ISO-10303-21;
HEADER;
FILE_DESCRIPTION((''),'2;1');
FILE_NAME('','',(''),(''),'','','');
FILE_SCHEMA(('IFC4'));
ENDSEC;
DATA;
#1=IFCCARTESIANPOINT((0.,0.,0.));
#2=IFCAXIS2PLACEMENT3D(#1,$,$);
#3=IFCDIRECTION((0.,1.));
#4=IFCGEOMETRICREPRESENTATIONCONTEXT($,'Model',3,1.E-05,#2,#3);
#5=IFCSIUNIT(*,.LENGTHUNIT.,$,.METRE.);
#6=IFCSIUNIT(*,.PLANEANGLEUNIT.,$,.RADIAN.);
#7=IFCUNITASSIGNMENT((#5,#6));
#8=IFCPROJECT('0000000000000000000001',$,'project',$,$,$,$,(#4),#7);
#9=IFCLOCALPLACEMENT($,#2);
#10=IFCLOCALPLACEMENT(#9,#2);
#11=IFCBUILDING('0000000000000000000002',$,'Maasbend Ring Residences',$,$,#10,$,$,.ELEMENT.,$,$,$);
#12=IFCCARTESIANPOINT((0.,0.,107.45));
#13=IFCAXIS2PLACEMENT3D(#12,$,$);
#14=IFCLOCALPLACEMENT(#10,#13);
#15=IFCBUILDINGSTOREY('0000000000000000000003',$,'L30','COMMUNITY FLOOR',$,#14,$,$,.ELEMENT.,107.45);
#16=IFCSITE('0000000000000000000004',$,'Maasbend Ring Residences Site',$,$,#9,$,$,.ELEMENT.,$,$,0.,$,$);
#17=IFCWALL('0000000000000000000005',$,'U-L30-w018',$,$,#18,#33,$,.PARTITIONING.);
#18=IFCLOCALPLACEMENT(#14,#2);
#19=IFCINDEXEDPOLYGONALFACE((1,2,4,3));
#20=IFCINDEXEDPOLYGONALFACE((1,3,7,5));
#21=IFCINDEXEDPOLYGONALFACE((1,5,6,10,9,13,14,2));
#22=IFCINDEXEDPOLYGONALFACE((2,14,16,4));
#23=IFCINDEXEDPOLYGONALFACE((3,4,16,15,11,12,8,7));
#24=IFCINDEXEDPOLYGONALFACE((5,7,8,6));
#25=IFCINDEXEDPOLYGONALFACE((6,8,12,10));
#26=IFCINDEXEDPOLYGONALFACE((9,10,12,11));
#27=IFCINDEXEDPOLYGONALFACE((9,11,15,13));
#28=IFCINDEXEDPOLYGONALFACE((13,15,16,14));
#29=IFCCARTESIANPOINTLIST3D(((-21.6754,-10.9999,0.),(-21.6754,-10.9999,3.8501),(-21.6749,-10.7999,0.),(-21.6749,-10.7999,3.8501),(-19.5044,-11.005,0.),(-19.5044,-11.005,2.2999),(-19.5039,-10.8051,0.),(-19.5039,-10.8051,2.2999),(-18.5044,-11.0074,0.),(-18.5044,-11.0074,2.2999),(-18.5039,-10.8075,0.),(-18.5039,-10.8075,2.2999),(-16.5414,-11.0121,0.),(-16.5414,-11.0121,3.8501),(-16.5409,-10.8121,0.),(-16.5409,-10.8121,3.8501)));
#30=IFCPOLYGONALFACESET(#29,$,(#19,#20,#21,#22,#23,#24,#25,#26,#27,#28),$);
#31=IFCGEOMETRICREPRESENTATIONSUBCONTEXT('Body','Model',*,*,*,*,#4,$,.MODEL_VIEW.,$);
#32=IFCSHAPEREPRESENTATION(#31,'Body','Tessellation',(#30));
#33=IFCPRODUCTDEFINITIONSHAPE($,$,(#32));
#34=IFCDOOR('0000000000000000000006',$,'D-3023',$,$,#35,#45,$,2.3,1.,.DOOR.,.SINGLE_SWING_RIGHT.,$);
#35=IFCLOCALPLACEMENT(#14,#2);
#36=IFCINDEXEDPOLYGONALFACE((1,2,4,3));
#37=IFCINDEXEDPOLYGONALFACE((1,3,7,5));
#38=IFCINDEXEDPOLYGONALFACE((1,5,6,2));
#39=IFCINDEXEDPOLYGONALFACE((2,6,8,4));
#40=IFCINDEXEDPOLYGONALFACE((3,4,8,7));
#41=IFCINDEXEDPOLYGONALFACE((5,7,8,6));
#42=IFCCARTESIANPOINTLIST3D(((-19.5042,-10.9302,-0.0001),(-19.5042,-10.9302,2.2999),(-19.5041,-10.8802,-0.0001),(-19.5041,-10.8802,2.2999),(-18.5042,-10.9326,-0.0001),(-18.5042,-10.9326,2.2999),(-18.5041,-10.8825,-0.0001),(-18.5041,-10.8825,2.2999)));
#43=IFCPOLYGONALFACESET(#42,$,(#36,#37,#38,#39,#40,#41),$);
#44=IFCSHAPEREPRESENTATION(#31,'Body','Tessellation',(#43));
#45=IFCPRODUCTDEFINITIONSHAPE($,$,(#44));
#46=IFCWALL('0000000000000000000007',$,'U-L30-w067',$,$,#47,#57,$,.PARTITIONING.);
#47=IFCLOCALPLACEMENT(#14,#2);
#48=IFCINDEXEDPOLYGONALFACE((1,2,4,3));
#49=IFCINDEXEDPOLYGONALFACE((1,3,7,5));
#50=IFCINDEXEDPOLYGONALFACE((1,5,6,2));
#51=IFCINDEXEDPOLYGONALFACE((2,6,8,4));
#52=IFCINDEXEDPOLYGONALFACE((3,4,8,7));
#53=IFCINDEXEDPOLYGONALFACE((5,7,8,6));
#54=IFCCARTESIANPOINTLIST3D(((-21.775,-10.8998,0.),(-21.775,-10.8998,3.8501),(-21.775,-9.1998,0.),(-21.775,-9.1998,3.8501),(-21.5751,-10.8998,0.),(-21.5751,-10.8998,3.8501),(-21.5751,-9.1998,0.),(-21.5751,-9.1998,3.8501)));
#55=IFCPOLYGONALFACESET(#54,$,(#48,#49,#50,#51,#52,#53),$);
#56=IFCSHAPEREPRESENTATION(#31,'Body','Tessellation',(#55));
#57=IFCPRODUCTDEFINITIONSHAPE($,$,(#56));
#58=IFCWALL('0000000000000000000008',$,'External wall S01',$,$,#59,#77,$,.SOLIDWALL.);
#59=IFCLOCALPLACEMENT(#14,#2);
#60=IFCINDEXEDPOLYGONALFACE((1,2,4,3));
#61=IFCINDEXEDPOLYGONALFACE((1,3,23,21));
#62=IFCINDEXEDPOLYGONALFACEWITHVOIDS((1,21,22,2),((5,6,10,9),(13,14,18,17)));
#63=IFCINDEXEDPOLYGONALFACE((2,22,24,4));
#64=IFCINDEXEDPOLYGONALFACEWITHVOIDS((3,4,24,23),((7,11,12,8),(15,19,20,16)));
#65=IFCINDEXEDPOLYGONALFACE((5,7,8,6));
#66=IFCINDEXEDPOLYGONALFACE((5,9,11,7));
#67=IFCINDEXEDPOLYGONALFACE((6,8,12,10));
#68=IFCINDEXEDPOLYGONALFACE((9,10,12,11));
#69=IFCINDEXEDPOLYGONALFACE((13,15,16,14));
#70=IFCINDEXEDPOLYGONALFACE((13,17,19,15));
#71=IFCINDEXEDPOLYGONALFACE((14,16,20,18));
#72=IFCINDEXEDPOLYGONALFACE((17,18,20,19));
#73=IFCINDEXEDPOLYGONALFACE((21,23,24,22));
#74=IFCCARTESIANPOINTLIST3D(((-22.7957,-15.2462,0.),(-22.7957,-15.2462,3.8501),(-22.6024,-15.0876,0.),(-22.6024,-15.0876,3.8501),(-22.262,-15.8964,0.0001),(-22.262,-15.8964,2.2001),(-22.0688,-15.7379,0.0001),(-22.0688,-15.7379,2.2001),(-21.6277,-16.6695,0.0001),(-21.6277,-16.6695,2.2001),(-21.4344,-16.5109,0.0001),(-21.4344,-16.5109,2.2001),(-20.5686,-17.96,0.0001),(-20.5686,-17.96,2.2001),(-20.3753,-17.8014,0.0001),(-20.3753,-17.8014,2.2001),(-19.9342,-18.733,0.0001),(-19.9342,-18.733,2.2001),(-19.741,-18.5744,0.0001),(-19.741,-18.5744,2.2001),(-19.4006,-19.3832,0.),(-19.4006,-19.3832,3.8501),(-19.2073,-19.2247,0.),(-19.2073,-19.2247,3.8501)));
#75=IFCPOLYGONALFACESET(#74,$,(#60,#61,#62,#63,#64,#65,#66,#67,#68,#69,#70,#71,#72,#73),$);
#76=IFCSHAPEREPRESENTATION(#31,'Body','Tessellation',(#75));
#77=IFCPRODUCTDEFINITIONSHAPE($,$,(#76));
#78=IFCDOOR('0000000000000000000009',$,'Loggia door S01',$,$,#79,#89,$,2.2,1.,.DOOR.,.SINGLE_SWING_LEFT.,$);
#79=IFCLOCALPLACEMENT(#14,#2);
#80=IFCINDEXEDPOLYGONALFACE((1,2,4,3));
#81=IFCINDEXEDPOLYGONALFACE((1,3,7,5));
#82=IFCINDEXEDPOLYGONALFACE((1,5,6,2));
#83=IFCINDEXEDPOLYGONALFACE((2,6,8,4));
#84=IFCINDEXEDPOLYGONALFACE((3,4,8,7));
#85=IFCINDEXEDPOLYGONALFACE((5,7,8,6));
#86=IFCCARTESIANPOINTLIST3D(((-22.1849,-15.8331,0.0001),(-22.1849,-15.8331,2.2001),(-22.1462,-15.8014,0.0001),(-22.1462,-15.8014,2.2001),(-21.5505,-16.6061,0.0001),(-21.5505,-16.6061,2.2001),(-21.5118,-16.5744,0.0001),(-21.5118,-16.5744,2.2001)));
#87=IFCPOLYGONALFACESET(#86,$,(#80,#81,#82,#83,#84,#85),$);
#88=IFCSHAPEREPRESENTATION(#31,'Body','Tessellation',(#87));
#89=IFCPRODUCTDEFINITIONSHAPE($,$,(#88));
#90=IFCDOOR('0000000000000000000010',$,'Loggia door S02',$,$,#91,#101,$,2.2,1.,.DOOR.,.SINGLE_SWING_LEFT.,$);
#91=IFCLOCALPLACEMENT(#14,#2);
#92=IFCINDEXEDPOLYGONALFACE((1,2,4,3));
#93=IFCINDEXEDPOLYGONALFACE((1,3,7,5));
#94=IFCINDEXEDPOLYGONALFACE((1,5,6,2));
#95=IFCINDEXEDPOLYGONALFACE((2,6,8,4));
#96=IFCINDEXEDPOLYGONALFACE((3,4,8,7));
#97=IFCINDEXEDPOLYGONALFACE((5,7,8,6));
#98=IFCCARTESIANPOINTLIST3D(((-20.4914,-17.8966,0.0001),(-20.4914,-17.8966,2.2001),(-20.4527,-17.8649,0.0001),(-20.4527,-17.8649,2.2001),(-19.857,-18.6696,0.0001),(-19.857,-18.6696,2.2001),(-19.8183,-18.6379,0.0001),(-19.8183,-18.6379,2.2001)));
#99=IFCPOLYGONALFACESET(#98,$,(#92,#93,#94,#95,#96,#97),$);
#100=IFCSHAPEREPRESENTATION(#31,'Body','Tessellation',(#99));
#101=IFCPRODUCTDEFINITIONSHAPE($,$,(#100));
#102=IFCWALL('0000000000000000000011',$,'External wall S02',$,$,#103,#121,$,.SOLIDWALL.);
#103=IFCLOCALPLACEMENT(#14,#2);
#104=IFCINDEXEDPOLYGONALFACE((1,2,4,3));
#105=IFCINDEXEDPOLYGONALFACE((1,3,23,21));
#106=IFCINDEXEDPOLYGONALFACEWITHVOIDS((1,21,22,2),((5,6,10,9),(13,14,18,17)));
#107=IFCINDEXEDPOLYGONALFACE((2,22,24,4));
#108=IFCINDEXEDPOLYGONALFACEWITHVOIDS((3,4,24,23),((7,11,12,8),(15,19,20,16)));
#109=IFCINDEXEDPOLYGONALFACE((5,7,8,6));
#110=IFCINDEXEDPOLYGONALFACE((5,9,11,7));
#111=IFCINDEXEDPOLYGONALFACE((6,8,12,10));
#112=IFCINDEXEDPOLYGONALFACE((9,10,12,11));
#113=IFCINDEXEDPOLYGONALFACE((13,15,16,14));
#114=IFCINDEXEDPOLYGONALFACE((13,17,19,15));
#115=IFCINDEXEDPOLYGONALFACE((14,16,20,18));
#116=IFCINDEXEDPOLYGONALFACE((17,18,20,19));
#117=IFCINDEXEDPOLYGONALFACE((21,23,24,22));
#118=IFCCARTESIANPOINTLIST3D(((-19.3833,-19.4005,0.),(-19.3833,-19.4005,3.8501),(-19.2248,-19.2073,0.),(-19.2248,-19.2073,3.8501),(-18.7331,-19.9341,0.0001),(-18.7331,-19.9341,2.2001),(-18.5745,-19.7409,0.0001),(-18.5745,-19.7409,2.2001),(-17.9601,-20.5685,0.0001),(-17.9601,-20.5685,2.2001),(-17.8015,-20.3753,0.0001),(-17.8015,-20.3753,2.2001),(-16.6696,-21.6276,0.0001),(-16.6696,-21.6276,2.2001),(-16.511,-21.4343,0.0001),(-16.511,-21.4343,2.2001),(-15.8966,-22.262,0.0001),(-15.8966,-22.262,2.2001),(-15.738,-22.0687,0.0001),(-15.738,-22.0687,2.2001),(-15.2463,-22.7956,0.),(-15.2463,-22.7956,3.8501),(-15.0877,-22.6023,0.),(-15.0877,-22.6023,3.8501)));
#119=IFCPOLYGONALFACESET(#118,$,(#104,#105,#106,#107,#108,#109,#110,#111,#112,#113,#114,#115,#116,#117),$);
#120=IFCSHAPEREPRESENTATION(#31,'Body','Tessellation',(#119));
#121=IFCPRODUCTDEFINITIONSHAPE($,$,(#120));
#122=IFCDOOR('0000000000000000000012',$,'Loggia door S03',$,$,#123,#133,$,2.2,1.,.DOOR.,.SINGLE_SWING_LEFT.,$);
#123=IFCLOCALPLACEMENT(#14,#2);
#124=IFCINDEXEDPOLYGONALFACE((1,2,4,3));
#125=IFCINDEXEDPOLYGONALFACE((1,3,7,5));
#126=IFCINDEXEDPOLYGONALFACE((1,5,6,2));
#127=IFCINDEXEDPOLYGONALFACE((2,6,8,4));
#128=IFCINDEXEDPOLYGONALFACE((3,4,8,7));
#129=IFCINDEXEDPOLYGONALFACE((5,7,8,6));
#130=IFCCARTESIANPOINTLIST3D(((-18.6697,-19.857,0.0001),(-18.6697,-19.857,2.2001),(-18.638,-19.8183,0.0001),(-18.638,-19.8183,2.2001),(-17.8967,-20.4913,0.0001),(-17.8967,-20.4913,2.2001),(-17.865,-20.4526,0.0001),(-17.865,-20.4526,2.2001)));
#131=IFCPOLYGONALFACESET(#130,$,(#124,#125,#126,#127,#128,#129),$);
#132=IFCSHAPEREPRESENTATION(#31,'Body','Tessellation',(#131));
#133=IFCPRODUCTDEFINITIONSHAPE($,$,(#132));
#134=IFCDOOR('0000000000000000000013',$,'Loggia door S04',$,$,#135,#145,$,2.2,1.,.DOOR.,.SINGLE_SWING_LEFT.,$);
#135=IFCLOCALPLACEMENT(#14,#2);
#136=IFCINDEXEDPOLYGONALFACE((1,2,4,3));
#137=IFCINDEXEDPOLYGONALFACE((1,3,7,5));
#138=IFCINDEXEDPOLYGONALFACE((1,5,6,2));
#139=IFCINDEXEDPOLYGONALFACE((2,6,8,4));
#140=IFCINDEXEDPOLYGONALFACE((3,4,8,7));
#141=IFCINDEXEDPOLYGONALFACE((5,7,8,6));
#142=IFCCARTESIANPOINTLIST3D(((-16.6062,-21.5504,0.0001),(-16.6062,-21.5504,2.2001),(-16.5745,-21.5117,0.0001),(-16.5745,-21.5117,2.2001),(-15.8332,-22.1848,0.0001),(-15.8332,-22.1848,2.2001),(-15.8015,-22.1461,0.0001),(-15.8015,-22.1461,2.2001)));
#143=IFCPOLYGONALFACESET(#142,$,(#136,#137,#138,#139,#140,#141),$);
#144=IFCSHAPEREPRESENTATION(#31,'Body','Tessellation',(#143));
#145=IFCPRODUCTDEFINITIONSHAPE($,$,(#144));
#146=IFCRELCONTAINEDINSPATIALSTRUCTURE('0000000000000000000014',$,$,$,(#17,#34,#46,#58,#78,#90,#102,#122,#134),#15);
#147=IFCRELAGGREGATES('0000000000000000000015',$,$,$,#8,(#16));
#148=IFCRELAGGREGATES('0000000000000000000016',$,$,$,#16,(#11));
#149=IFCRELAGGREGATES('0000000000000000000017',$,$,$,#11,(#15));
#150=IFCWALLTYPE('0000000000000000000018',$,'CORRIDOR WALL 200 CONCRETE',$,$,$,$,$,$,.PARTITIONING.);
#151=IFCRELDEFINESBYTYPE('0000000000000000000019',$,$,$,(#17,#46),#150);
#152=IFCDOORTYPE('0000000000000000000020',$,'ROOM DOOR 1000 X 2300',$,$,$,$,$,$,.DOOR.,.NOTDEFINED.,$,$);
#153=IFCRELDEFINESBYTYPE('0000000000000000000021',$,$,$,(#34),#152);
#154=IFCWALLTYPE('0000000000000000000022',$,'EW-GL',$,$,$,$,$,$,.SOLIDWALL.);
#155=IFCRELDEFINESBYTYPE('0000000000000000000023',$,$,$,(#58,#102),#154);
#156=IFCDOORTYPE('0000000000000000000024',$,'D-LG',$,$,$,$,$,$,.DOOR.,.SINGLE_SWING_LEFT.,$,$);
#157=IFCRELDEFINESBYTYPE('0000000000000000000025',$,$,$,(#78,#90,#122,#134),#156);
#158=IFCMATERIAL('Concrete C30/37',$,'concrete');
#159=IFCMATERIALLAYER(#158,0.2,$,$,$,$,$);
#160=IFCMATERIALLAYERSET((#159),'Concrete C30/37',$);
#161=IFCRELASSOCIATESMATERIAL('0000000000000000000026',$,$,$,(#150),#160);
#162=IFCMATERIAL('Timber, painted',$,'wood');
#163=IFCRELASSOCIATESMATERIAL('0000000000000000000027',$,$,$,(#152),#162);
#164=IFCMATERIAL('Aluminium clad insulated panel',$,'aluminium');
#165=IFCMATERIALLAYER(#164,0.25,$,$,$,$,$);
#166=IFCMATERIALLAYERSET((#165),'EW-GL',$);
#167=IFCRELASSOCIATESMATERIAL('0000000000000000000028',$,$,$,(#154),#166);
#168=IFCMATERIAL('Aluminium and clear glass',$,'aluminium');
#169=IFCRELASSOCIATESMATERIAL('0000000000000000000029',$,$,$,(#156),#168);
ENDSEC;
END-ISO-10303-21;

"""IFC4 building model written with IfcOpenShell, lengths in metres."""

from ifc_helpers import new_model, si_unit, direction, frame, frame_2d, origin, place, context, subcontext, project, spatial, rectangle, extrude, material, layer, layer_set, type_object, element, fill, save


model = new_model("IFC4")

# Units and contexts
model_context = context("Model", 3, precision=1e-05, world=origin(), true_north=direction((0.0, 1.0)))
body_context = subcontext(model_context, "Body", "Model", "MODEL_VIEW")
ifc_project = project(units=[si_unit("LENGTHUNIT", "METRE"), si_unit("PLANEANGLEUNIT", "RADIAN")], contexts=[model_context])

# Site, building, storey
site_placement = place(None, origin())
site = spatial("IfcSite", under=ifc_project, at=site_placement, Name="Maasbend Ring Residences Site", CompositionType="ELEMENT", RefElevation=0.0)
building_placement = place(site_placement, origin())
building = spatial("IfcBuilding", under=site, at=building_placement, Name="Maasbend Ring Residences", CompositionType="ELEMENT")
storey_placement = place(building_placement, frame((0.0, 0.0, 107.45)))
storey = spatial("IfcBuildingStorey", under=building, at=storey_placement, Name="L30", Description="COMMUNITY FLOOR", CompositionType="ELEMENT", Elevation=107.45)

# Wall, opening, door
ifc_material_1 = material(Name="Concrete C30/37", Category="concrete")
ifc_layer_1 = layer(ifc_material_1, 0.2)
ifc_layer_set_1 = layer_set([ifc_layer_1], Name="Concrete C30/37")
wall_type_1 = type_object("IfcWallType", Name="CORRIDOR WALL 200 CONCRETE", PredefinedType="PARTITIONING", material=ifc_layer_set_1)
ifc_material_2 = material(Name="Timber, painted", Category="wood")
door_type_1 = type_object("IfcDoorType", Name="ROOM DOOR 1000 X 2300", OperationType="NOTDEFINED", PredefinedType="DOOR", material=ifc_material_2)
wall_1_placement = place(storey_placement, frame((-21.675, -10.8999, 0.0), z_axis=(0.0, 0.0, 1.0), x_axis=(0.999997, -0.002378, 0.0)))
wall_1 = element("IfcWall", 1, at=wall_1_placement, inside=storey, type_object=wall_type_1, Name="U-L30-w018", PredefinedType="PARTITIONING", context=body_context, shape_type="SweptSolid", body=[
    extrude(rectangle(XDim=5.134, YDim=0.2, at=frame_2d((2.5669, 0.0))), origin(), (0.0, 0.0, 1.0), 3.8501),
])
opening_1_placement = place(wall_1_placement, frame((2.1709, 0.0, 0.0)))
opening_1 = element("IfcOpeningElement", 2, at=opening_1_placement, cuts=wall_1, PredefinedType="OPENING", context=body_context, shape_type="SweptSolid", body=[
    extrude(rectangle(XDim=1.0, YDim=2.3, at=frame_2d((0.5, 1.1499))), frame((0.0, 0.1099, 0.0), z_axis=(0.0, -1.0, 0.0), x_axis=(1.0, 0.0, 0.0)), (0.0, 0.0, 1.0), 0.22),
])
door_1_placement = place(opening_1_placement, origin())
door_1 = element("IfcDoor", 3, at=door_1_placement, inside=storey, type_object=door_type_1, Name="D-3023", OperationType="SINGLE_SWING_RIGHT", OverallHeight=2.3, OverallWidth=1.0, PredefinedType="DOOR", context=body_context, shape_type="SweptSolid", body=[
    extrude(rectangle(XDim=1.0, YDim=2.3, at=frame_2d((0.5, 1.1499))), frame((0.0, 0.0249, 0.0), z_axis=(0.0, -1.0, 0.0), x_axis=(1.0, 0.0, 0.0)), (0.0, 0.0, 1.0), 0.05),
])
fill(opening_1, door_1)

# Wall
wall_2_placement = place(storey_placement, frame((-21.675, -10.8999, 0.0), z_axis=(0.0, 0.0, 1.0), x_axis=(0.0, 1.0, 0.0)))
element("IfcWall", 4, at=wall_2_placement, inside=storey, type_object=wall_type_1, Name="U-L30-w067", PredefinedType="PARTITIONING", context=body_context, shape_type="SweptSolid", body=[
    extrude(rectangle(XDim=1.7, YDim=0.2, at=frame_2d((0.8501, 0.0))), origin(), (0.0, 0.0, 1.0), 3.8501),
])

# Walls, openings, doors
ifc_material_3 = material(Name="Aluminium clad insulated panel", Category="aluminium")
ifc_layer_2 = layer(ifc_material_3, 0.25)
ifc_layer_set_2 = layer_set([ifc_layer_2], Name="EW-GL")
wall_type_2 = type_object("IfcWallType", Name="EW-GL", PredefinedType="SOLIDWALL", material=ifc_layer_set_2)
wall_3_placement = place(storey_placement, frame((-22.699, -15.167, 0.0), z_axis=(0.0, 0.0, 1.0), x_axis=(0.634382, -0.773019, 0.0)))
wall_3 = element("IfcWall", 5, at=wall_3_placement, inside=storey, type_object=wall_type_2, Name="External wall S01", PredefinedType="SOLIDWALL", context=body_context, shape_type="SweptSolid", body=[
    extrude(rectangle(XDim=5.3518, YDim=0.25, at=frame_2d((2.6758, 0.0))), origin(), (0.0, 0.0, 1.0), 3.8501),
])
opening_2_placement = place(wall_3_placement, frame((0.8411, 0.0, 0.0)))
opening_2 = element("IfcOpeningElement", 6, at=opening_2_placement, cuts=wall_3, PredefinedType="OPENING", context=body_context, shape_type="SweptSolid", body=[
    extrude(rectangle(XDim=1.0, YDim=2.2, at=frame_2d((0.5, 1.1001))), frame((0.0, 0.135, 0.0), z_axis=(0.0, -1.0, 0.0), x_axis=(1.0, 0.0, 0.0)), (0.0, 0.0, 1.0), 0.27),
])
opening_3_placement = place(wall_3_placement, frame((3.5105, 0.0, 0.0)))
opening_3 = element("IfcOpeningElement", 7, at=opening_3_placement, cuts=wall_3, PredefinedType="OPENING", context=body_context, shape_type="SweptSolid", body=[
    extrude(rectangle(XDim=1.0, YDim=2.2, at=frame_2d((0.5, 1.1001))), frame((0.0, 0.135, 0.0), z_axis=(0.0, -1.0, 0.0), x_axis=(1.0, 0.0, 0.0)), (0.0, 0.0, 1.0), 0.27),
])
ifc_material_4 = material(Name="Aluminium and clear glass", Category="aluminium")
door_type_2 = type_object("IfcDoorType", Name="D-LG", OperationType="SINGLE_SWING_LEFT", PredefinedType="DOOR", material=ifc_material_4)
door_2_placement = place(opening_2_placement, origin())
door_2 = element("IfcDoor", 8, at=door_2_placement, inside=storey, type_object=door_type_2, Name="Loggia door S01", OperationType="SINGLE_SWING_LEFT", OverallHeight=2.2, OverallWidth=1.0, PredefinedType="DOOR", context=body_context, shape_type="SweptSolid", body=[
    extrude(rectangle(XDim=1.0, YDim=2.2, at=frame_2d((0.5, 1.1001))), frame((0.0, 0.0249, 0.0), z_axis=(0.0, -1.0, 0.0), x_axis=(1.0, 0.0, 0.0)), (0.0, 0.0, 1.0), 0.05),
])
fill(opening_2, door_2)
door_3_placement = place(opening_3_placement, origin())
door_3 = element("IfcDoor", 9, at=door_3_placement, inside=storey, type_object=door_type_2, Name="Loggia door S02", OperationType="SINGLE_SWING_LEFT", OverallHeight=2.2, OverallWidth=1.0, PredefinedType="DOOR", context=body_context, shape_type="SweptSolid", body=[
    extrude(rectangle(XDim=1.0, YDim=2.2, at=frame_2d((0.5, 1.1001))), frame((0.0, 0.0249, 0.0), z_axis=(0.0, -1.0, 0.0), x_axis=(1.0, 0.0, 0.0)), (0.0, 0.0, 1.0), 0.05),
])
fill(opening_3, door_3)
wall_4_placement = place(storey_placement, frame((-19.304, -19.304, 0.0), z_axis=(0.0, 0.0, 1.0), x_axis=(0.773019, -0.634382, 0.0)))
wall_4 = element("IfcWall", 10, at=wall_4_placement, inside=storey, type_object=wall_type_2, Name="External wall S02", PredefinedType="SOLIDWALL", context=body_context, shape_type="SweptSolid", body=[
    extrude(rectangle(XDim=5.3518, YDim=0.25, at=frame_2d((2.6758, 0.0))), origin(), (0.0, 0.0, 1.0), 3.8501),
])
opening_4_placement = place(wall_4_placement, frame((0.8411, 0.0, 0.0)))
opening_4 = element("IfcOpeningElement", 11, at=opening_4_placement, cuts=wall_4, PredefinedType="OPENING", context=body_context, shape_type="SweptSolid", body=[
    extrude(rectangle(XDim=1.0, YDim=2.2, at=frame_2d((0.5, 1.1001))), frame((0.0, 0.135, 0.0), z_axis=(0.0, -1.0, 0.0), x_axis=(1.0, 0.0, 0.0)), (0.0, 0.0, 1.0), 0.27),
])
opening_5_placement = place(wall_4_placement, frame((3.5105, 0.0, 0.0)))
opening_5 = element("IfcOpeningElement", 12, at=opening_5_placement, cuts=wall_4, PredefinedType="OPENING", context=body_context, shape_type="SweptSolid", body=[
    extrude(rectangle(XDim=1.0, YDim=2.2, at=frame_2d((0.5, 1.1001))), frame((0.0, 0.135, 0.0), z_axis=(0.0, -1.0, 0.0), x_axis=(1.0, 0.0, 0.0)), (0.0, 0.0, 1.0), 0.27),
])
door_4_placement = place(opening_4_placement, origin())
door_4 = element("IfcDoor", 13, at=door_4_placement, inside=storey, type_object=door_type_2, Name="Loggia door S03", OperationType="SINGLE_SWING_LEFT", OverallHeight=2.2, OverallWidth=1.0, PredefinedType="DOOR", context=body_context, shape_type="SweptSolid", body=[
    extrude(rectangle(XDim=1.0, YDim=2.2, at=frame_2d((0.5, 1.1001))), frame((0.0, 0.0249, 0.0), z_axis=(0.0, -1.0, 0.0), x_axis=(1.0, 0.0, 0.0)), (0.0, 0.0, 1.0), 0.05),
])
fill(opening_4, door_4)
door_5_placement = place(opening_5_placement, origin())
door_5 = element("IfcDoor", 14, at=door_5_placement, inside=storey, type_object=door_type_2, Name="Loggia door S04", OperationType="SINGLE_SWING_LEFT", OverallHeight=2.2, OverallWidth=1.0, PredefinedType="DOOR", context=body_context, shape_type="SweptSolid", body=[
    extrude(rectangle(XDim=1.0, YDim=2.2, at=frame_2d((0.5, 1.1001))), frame((0.0, 0.0249, 0.0), z_axis=(0.0, -1.0, 0.0), x_axis=(1.0, 0.0, 0.0)), (0.0, 0.0, 1.0), 0.05),
])
fill(opening_5, door_5)

save(model, "model.ifc")
